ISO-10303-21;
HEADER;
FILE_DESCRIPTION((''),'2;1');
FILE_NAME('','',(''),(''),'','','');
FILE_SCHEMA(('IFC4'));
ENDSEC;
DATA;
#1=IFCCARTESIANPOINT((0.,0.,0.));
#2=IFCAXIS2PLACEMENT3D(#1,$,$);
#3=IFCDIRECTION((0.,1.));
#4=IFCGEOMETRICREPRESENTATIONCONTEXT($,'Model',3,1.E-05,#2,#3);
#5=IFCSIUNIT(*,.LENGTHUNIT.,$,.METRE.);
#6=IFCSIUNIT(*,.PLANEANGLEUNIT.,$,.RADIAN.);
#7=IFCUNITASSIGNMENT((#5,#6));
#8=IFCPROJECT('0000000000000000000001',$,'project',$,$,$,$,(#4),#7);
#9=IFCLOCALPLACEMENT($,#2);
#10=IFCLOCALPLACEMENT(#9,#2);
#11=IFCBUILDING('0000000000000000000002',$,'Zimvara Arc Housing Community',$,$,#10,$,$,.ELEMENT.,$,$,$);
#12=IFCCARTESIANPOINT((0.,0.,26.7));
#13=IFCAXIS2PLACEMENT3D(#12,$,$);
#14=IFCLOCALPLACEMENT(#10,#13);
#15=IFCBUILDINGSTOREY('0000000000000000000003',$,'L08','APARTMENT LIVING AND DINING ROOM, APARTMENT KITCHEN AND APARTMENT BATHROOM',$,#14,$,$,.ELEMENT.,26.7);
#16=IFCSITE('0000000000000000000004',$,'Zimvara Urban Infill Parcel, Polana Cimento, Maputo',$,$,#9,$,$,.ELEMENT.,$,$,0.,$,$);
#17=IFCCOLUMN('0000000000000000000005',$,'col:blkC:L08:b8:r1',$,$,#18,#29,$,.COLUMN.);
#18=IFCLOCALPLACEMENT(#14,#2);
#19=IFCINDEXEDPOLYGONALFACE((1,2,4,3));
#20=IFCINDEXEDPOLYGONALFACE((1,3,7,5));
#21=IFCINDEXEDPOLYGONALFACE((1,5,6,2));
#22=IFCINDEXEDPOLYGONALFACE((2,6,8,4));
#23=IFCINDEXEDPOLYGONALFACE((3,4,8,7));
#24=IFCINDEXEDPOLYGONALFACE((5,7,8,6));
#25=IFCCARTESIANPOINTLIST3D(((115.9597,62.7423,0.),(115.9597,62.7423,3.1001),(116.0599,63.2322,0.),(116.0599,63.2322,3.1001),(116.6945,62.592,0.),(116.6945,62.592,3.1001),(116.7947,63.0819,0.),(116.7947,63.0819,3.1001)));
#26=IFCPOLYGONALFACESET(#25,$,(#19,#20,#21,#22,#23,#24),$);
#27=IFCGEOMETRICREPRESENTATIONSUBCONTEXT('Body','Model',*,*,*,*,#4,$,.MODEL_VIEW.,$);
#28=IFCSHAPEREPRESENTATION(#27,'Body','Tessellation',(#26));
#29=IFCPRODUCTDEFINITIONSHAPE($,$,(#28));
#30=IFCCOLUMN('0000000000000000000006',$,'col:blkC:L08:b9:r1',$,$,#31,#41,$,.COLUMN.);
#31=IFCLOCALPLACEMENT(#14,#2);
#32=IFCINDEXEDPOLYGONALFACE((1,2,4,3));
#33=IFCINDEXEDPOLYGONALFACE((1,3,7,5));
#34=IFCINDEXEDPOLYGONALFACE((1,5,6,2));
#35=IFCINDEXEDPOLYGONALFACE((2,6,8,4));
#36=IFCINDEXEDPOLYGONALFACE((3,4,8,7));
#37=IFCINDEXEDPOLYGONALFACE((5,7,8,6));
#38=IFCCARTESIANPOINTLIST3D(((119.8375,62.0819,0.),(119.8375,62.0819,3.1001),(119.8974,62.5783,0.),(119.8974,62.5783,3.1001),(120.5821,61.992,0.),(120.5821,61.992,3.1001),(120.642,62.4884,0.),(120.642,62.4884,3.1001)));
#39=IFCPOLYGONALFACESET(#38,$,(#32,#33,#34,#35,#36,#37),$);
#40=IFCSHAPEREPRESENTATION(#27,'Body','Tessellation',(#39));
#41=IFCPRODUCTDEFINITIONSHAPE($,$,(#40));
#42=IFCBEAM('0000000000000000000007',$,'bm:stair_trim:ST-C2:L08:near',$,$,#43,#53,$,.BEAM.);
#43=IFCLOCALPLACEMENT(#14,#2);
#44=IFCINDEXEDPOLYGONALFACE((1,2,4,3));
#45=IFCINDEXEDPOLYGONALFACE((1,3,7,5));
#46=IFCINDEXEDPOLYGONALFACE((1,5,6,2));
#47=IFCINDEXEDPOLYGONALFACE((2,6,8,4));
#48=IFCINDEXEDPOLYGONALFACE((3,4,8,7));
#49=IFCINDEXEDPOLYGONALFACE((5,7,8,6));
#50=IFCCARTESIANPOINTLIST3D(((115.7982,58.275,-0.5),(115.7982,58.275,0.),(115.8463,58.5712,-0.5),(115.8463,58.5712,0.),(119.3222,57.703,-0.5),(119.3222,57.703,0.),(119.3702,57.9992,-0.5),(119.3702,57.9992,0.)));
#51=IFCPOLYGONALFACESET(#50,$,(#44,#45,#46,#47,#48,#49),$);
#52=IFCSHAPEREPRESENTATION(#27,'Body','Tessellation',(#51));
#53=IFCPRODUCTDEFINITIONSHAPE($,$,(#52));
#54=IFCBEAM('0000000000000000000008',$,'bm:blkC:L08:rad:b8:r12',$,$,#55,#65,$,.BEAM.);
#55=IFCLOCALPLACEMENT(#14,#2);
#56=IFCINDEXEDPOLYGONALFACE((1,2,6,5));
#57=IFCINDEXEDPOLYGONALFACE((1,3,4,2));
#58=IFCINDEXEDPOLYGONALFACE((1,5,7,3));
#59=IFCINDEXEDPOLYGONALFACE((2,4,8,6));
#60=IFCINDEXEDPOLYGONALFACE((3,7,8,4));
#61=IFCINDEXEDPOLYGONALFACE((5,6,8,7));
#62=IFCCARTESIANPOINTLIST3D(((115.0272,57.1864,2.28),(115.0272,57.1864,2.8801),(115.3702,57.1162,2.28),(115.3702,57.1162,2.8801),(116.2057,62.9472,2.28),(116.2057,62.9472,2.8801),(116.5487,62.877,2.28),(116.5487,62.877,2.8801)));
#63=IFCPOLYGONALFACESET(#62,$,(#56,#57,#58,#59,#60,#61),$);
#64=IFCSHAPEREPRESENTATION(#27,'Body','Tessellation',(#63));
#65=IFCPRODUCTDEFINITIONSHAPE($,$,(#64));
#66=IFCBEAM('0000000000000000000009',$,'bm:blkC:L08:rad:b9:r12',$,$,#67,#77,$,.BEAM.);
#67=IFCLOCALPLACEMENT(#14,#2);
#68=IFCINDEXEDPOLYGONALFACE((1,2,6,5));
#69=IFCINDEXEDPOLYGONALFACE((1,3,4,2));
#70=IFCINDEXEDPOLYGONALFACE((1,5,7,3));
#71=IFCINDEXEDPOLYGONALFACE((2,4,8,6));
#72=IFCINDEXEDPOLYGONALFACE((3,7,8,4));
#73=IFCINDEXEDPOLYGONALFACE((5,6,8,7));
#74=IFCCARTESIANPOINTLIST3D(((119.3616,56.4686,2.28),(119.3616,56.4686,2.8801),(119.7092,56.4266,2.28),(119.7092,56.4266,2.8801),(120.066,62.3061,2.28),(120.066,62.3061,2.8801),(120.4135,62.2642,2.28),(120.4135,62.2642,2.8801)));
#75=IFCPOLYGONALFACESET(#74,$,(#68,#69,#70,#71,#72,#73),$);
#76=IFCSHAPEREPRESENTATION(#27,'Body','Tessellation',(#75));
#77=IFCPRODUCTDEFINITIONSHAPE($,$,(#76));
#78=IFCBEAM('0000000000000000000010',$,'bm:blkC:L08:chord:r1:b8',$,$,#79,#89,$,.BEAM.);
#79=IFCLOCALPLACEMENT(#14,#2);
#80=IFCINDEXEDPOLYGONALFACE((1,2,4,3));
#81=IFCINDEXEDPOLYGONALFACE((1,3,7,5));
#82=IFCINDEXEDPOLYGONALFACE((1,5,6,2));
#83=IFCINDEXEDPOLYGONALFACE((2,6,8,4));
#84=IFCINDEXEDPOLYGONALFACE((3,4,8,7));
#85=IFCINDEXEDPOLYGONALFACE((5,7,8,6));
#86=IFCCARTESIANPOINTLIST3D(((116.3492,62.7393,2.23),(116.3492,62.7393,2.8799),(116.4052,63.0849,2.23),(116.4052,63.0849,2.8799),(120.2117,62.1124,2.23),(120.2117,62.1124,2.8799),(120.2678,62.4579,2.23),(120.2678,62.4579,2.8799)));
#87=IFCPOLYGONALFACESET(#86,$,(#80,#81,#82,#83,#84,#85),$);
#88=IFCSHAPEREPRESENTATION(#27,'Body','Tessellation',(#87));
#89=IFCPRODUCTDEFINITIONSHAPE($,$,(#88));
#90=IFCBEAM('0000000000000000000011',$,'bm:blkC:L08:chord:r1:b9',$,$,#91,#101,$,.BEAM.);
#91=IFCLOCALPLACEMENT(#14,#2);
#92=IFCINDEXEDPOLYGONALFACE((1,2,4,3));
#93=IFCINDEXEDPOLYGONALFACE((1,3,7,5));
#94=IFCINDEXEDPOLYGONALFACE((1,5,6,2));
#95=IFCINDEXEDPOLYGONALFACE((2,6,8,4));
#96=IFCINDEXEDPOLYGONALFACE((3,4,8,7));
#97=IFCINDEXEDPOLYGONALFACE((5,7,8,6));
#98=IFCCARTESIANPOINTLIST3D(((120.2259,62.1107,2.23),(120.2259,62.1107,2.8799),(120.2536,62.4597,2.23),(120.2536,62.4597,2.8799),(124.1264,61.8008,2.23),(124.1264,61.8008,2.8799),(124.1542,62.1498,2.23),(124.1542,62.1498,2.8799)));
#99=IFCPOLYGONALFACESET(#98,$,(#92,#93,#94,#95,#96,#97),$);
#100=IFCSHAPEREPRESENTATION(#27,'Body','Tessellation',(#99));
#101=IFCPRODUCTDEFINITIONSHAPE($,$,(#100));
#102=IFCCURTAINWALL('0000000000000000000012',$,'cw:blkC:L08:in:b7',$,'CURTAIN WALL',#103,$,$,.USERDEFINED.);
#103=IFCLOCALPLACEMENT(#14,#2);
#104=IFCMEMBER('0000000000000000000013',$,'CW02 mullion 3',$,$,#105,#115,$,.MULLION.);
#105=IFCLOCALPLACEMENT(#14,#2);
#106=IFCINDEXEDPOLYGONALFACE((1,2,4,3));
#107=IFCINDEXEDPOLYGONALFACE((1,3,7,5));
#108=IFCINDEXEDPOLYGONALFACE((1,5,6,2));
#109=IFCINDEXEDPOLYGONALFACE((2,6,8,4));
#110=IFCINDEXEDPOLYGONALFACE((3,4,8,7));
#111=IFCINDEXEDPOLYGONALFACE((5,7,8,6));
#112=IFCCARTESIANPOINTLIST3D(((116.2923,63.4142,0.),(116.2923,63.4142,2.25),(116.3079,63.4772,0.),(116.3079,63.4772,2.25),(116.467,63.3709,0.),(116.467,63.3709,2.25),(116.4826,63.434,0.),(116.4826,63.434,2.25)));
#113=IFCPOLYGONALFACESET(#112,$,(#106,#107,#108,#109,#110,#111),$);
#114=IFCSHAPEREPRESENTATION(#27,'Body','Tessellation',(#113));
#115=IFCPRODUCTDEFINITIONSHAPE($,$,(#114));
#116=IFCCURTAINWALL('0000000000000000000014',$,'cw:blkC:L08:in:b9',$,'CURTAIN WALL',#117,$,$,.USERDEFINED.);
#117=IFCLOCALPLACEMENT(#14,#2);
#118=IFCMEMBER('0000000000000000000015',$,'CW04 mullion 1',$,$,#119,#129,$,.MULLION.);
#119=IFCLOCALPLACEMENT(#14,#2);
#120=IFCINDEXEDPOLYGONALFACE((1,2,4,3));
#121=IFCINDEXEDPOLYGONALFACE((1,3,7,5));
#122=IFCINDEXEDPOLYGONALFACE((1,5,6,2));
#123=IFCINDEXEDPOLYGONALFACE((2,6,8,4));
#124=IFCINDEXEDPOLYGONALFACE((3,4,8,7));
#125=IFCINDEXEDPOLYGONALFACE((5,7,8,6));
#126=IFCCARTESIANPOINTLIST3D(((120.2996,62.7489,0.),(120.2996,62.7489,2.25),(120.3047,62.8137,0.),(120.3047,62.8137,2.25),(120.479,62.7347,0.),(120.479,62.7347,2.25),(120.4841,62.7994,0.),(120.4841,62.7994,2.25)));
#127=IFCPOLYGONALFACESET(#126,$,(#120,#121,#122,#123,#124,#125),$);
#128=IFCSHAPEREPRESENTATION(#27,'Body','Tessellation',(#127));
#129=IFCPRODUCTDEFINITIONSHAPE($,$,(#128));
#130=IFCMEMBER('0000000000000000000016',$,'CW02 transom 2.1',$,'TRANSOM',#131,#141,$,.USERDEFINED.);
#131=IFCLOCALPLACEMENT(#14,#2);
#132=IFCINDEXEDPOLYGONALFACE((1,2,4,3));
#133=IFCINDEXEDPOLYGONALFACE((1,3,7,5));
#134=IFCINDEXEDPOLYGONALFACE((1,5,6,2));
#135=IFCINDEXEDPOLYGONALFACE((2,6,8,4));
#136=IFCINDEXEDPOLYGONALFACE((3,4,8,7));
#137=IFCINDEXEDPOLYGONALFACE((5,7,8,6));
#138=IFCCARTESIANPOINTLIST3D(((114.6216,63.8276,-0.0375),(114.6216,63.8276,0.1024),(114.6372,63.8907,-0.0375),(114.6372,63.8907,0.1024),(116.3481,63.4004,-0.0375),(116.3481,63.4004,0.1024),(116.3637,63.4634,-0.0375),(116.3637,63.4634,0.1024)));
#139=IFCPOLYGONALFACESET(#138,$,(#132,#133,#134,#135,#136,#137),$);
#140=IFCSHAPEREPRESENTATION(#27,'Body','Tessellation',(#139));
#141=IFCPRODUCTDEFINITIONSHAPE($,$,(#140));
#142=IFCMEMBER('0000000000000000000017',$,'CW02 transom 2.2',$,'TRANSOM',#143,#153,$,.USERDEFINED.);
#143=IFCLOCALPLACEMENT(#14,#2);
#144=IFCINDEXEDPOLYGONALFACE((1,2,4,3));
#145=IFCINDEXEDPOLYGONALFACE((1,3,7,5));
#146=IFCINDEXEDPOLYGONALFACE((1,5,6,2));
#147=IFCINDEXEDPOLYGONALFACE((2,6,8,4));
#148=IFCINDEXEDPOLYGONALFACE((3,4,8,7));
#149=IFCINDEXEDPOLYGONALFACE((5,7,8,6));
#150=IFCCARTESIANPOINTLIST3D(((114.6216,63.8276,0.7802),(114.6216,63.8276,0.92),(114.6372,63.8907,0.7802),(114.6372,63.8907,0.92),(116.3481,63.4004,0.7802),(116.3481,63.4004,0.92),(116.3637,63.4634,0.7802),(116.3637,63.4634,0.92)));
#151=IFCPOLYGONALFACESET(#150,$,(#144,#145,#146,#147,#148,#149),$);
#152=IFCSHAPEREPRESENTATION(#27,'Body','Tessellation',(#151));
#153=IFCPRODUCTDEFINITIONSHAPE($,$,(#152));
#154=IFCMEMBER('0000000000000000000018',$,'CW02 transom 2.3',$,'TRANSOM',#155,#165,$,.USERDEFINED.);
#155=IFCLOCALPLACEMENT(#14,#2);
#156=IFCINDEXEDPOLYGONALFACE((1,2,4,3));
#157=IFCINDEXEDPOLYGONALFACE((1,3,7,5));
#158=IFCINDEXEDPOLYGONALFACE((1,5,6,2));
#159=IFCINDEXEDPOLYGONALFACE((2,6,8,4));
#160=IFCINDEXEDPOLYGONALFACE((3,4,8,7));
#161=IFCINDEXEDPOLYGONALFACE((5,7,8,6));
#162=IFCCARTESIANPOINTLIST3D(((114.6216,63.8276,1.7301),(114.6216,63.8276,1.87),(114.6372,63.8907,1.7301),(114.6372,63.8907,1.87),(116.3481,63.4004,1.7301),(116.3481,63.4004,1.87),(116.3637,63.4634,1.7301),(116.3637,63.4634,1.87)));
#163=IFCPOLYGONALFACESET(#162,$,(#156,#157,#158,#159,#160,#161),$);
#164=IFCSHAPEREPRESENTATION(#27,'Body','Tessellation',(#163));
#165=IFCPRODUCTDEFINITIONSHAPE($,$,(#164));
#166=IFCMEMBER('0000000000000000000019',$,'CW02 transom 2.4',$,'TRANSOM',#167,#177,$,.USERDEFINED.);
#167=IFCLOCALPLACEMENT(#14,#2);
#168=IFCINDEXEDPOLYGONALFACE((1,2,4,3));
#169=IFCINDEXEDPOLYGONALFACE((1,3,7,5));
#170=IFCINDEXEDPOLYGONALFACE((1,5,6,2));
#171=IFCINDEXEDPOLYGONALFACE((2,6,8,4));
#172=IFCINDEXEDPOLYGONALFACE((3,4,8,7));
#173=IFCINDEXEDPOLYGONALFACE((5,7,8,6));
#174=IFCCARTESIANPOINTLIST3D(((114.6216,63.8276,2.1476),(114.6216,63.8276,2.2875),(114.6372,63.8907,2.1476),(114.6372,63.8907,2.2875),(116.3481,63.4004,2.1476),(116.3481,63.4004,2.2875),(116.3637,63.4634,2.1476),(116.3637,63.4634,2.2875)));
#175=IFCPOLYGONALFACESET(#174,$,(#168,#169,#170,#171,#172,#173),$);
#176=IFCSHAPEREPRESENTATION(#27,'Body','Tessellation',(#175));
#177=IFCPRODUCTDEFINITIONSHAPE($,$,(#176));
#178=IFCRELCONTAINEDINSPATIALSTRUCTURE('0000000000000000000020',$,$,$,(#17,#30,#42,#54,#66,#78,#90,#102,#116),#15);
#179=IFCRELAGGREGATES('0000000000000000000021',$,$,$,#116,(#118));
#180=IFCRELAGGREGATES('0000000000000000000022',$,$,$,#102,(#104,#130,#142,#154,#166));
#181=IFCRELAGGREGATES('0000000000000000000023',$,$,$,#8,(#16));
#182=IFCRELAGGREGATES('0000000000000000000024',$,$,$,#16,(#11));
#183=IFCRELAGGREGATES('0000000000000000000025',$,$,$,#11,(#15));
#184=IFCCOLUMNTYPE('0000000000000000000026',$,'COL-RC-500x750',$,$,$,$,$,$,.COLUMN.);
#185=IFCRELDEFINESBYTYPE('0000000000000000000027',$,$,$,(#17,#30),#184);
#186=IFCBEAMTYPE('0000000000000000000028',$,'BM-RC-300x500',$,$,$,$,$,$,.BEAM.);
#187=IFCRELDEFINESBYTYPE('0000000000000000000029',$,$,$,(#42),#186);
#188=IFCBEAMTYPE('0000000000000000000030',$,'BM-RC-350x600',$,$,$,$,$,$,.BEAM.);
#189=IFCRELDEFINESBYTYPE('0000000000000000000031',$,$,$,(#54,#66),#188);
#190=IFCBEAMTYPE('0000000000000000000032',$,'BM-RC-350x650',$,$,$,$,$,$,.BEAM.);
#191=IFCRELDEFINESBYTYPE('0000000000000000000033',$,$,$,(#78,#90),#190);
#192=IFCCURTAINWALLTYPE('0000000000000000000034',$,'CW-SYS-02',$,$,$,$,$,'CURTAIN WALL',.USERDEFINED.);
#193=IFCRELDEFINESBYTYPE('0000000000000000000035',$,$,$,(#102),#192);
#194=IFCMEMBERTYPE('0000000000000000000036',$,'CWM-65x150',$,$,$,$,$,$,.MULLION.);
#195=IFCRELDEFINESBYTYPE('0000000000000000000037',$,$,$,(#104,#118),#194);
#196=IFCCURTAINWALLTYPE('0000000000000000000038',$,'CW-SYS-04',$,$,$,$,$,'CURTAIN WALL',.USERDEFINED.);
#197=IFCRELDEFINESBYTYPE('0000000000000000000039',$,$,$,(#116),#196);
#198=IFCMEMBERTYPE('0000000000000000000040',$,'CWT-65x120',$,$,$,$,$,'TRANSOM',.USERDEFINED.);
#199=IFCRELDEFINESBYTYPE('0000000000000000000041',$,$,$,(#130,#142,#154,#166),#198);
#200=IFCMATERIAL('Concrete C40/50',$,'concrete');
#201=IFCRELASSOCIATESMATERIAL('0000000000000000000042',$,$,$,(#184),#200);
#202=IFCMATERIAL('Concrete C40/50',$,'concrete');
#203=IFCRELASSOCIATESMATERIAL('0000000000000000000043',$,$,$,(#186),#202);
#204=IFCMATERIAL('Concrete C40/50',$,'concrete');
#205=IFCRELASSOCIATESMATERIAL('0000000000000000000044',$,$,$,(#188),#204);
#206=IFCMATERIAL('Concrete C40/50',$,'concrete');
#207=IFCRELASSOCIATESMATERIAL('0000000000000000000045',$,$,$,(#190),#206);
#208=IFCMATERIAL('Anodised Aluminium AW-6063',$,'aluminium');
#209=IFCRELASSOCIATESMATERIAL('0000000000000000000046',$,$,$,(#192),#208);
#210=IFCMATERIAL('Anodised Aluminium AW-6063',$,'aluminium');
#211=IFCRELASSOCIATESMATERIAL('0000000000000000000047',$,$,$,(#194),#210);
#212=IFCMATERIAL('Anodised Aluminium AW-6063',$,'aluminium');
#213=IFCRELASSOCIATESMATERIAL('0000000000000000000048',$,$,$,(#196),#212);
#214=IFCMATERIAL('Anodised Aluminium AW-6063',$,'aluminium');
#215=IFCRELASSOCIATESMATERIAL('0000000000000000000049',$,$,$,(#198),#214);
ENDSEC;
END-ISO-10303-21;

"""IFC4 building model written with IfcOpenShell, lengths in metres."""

from ifc_helpers import new_model, si_unit, direction, frame, origin, origin_2d, place, context, subcontext, project, spatial, rectangle, extrude, material, material_profile, profile_set, type_object, element, aggregate, save


model = new_model("IFC4")

# Units and contexts
model_context = context("Model", 3, precision=1e-05, world=origin(), true_north=direction((0.0, 1.0)))
body_context = subcontext(model_context, "Body", "Model", "MODEL_VIEW")
ifc_project = project(units=[si_unit("LENGTHUNIT", "METRE"), si_unit("PLANEANGLEUNIT", "RADIAN")], contexts=[model_context])

# Site, building, storey
site_placement = place(None, origin())
site = spatial("IfcSite", under=ifc_project, at=site_placement, Name="Zimvara Urban Infill Parcel, Polana Cimento, Maputo", CompositionType="ELEMENT", RefElevation=0.0)
building_placement = place(site_placement, origin())
building = spatial("IfcBuilding", under=site, at=building_placement, Name="Zimvara Arc Housing Community", CompositionType="ELEMENT")
storey_placement = place(building_placement, frame((0.0, 0.0, 26.7)))
storey = spatial("IfcBuildingStorey", under=building, at=storey_placement, Name="L08", Description="APARTMENT LIVING AND DINING ROOM, APARTMENT KITCHEN AND APARTMENT BATHROOM", CompositionType="ELEMENT", Elevation=26.7)

# Columns
ifc_material_1 = material(Name="Concrete C40/50", Category="concrete")
ifc_material_profile_1 = material_profile(ifc_material_1, rectangle(XDim=0.5, YDim=0.75, at=origin_2d()), Name="RC 500x750")
ifc_profile_set_1 = profile_set([ifc_material_profile_1], Name="Concrete C40/50")
column_type = type_object("IfcColumnType", Name="COL-RC-500x750", PredefinedType="COLUMN", material=ifc_profile_set_1)
for number, where, z_axis, x_axis, name in (
    (1, (116.3772, 62.9121, 0.0), (0.0, 0.0, 1.0), (-0.200394, -0.979715, 0.0), "col:blkC:L08:b8:r1"),
    (2, (120.2397, 62.2852, 0.0), (0.0, 0.0, 1.0), (-0.11979, -0.992799, 0.0), "col:blkC:L08:b9:r1"),
):
    element("IfcColumn", number, at=place(storey_placement, frame(where, z_axis=z_axis, x_axis=x_axis)), inside=storey, type_object=column_type, Name=name, PredefinedType="COLUMN", context=body_context, shape_type="SweptSolid", body=[
        extrude(rectangle(XDim=0.5, YDim=0.75, at=origin_2d()), origin(), (0.0, 0.0, 1.0), 3.1001),
    ])

# Beams
ifc_material_2 = material(Name="Concrete C40/50", Category="concrete")
ifc_material_profile_2 = material_profile(ifc_material_2, rectangle(XDim=0.3, YDim=0.5, at=origin_2d()), Name="RC 300x500")
ifc_profile_set_2 = profile_set([ifc_material_profile_2], Name="Concrete C40/50")
beam_type_1 = type_object("IfcBeamType", Name="BM-RC-300x500", PredefinedType="BEAM", material=ifc_profile_set_2)
beam_1_placement = place(storey_placement, frame((115.8223, 58.4231, -0.25), z_axis=(0.98708, -0.160228, 0.0), x_axis=(0.160228, 0.98708, 0.0)))
element("IfcBeam", 3, at=beam_1_placement, inside=storey, type_object=beam_type_1, Name="bm:stair_trim:ST-C2:L08:near", PredefinedType="BEAM", context=body_context, shape_type="SweptSolid", body=[
    extrude(rectangle(XDim=0.3, YDim=0.5, at=origin_2d()), origin(), (0.0, 0.0, 1.0), 3.5701),
])
ifc_material_3 = material(Name="Concrete C40/50", Category="concrete")
ifc_material_profile_3 = material_profile(ifc_material_3, rectangle(XDim=0.3501, YDim=0.6001, at=origin_2d()), Name="RC 350x600")
ifc_profile_set_3 = profile_set([ifc_material_profile_3], Name="Concrete C40/50")
beam_type_2 = type_object("IfcBeamType", Name="BM-RC-350x600", PredefinedType="BEAM", material=ifc_profile_set_3)
beam_2_placement = place(storey_placement, frame((116.3772, 62.9121, 2.5801), z_axis=(-0.200418, -0.97971, 0.0), x_axis=(0.97971, -0.200418, 0.0)))
element("IfcBeam", 4, at=beam_2_placement, inside=storey, type_object=beam_type_2, Name="bm:blkC:L08:rad:b8:r12", PredefinedType="BEAM", context=body_context, shape_type="SweptSolid", body=[
    extrude(rectangle(XDim=0.3501, YDim=0.6001, at=origin_2d()), origin(), (0.0, 0.0, 1.0), 5.8801),
])
beam_3_placement = place(storey_placement, frame((120.2397, 62.2852, 2.5801), z_axis=(-0.119787, -0.9928, 0.0), x_axis=(0.9928, -0.119787, 0.0)))
element("IfcBeam", 5, at=beam_3_placement, inside=storey, type_object=beam_type_2, Name="bm:blkC:L08:rad:b9:r12", PredefinedType="BEAM", context=body_context, shape_type="SweptSolid", body=[
    extrude(rectangle(XDim=0.3501, YDim=0.6001, at=origin_2d()), origin(), (0.0, 0.0, 1.0), 5.8799),
])
ifc_material_4 = material(Name="Concrete C40/50", Category="concrete")
ifc_material_profile_4 = material_profile(ifc_material_4, rectangle(XDim=0.3501, YDim=0.6499, at=origin_2d()), Name="RC 350x650")
ifc_profile_set_4 = profile_set([ifc_material_profile_4], Name="Concrete C40/50")
beam_type_3 = type_object("IfcBeamType", Name="BM-RC-350x650", PredefinedType="BEAM", material=ifc_profile_set_4)
beam_4_placement = place(storey_placement, frame((116.3772, 62.9121, 2.5549), z_axis=(0.987081, -0.160219, 0.0), x_axis=(0.160219, 0.987081, 0.0)))
element("IfcBeam", 6, at=beam_4_placement, inside=storey, type_object=beam_type_3, Name="bm:blkC:L08:chord:r1:b8", PredefinedType="BEAM", context=body_context, shape_type="SweptSolid", body=[
    extrude(rectangle(XDim=0.3501, YDim=0.6499, at=origin_2d()), origin(), (0.0, 0.0, 1.0), 3.9131),
])
beam_5_placement = place(storey_placement, frame((120.2397, 62.2852, 2.5549), z_axis=(0.996861, -0.079177, 0.0), x_axis=(0.079177, 0.996861, 0.0)))
element("IfcBeam", 7, at=beam_5_placement, inside=storey, type_object=beam_type_3, Name="bm:blkC:L08:chord:r1:b9", PredefinedType="BEAM", context=body_context, shape_type="SweptSolid", body=[
    extrude(rectangle(XDim=0.3501, YDim=0.6499, at=origin_2d()), origin(), (0.0, 0.0, 1.0), 3.9128),
])

# Curtain walls, members
ifc_material_5 = material(Name="Anodised Aluminium AW-6063", Category="aluminium")
curtain_wall_type_1 = type_object("IfcCurtainWallType", Name="CW-SYS-02", ElementType="CURTAIN WALL", PredefinedType="USERDEFINED", material=ifc_material_5)
curtain_wall_1_placement = place(storey_placement, origin())
curtain_wall_1 = element("IfcCurtainWall", 8, at=curtain_wall_1_placement, inside=storey, type_object=curtain_wall_type_1, Name="cw:blkC:L08:in:b7", ObjectType="CURTAIN WALL", PredefinedType="USERDEFINED")
ifc_material_6 = material(Name="Anodised Aluminium AW-6063", Category="aluminium")
ifc_material_profile_5 = material_profile(ifc_material_6, rectangle(XDim=0.0649, YDim=0.1799, at=origin_2d()), Name="ALU 65x180")
ifc_profile_set_5 = profile_set([ifc_material_profile_5], Name="Anodised Aluminium AW-6063")
member_type_1 = type_object("IfcMemberType", Name="CWM-65x150", PredefinedType="MULLION", material=ifc_profile_set_5)
member_1_placement = place(storey_placement, frame((116.3875, 63.4241, 0.0), z_axis=(0.0, 0.0, 1.0), x_axis=(0.240229, 0.970716, 0.0)))
member_1 = element("IfcMember", 9, at=member_1_placement, type_object=member_type_1, Name="CW02 mullion 3", PredefinedType="MULLION", context=body_context, shape_type="SweptSolid", body=[
    extrude(rectangle(XDim=0.0649, YDim=0.1799, at=origin_2d()), origin(), (0.0, 0.0, 1.0), 2.25),
])
ifc_material_7 = material(Name="Anodised Aluminium AW-6063", Category="aluminium")
curtain_wall_type_2 = type_object("IfcCurtainWallType", Name="CW-SYS-04", ElementType="CURTAIN WALL", PredefinedType="USERDEFINED", material=ifc_material_7)
curtain_wall_2_placement = place(storey_placement, origin())
curtain_wall_2 = element("IfcCurtainWall", 10, at=curtain_wall_2_placement, inside=storey, type_object=curtain_wall_type_2, Name="cw:blkC:L08:in:b9", ObjectType="CURTAIN WALL", PredefinedType="USERDEFINED")
member_2_placement = place(storey_placement, frame((120.3918, 62.7742, 0.0), z_axis=(0.0, 0.0, 1.0), x_axis=(0.079155, 0.996862, 0.0)))
member_2 = element("IfcMember", 11, at=member_2_placement, type_object=member_type_1, Name="CW04 mullion 1", PredefinedType="MULLION", context=body_context, shape_type="SweptSolid", body=[
    extrude(rectangle(XDim=0.0649, YDim=0.1799, at=origin_2d()), origin(), (0.0, 0.0, 1.0), 2.25),
])
aggregate(curtain_wall_2, [member_2])

# Members
ifc_material_8 = material(Name="Anodised Aluminium AW-6063", Category="aluminium")
ifc_material_profile_6 = material_profile(ifc_material_8, rectangle(XDim=0.0649, YDim=0.1399, at=origin_2d()), Name="ALU 65x140")
ifc_profile_set_6 = profile_set([ifc_material_profile_6], Name="Anodised Aluminium AW-6063")
member_type_2 = type_object("IfcMemberType", Name="CWT-65x120", ElementType="TRANSOM", PredefinedType="USERDEFINED", material=ifc_profile_set_6)
member_3_placement = place(storey_placement, frame((114.6294, 63.8591, 0.0325), z_axis=(0.970721, -0.24021, 0.0), x_axis=(0.24021, 0.970721, 0.0)))
member_3 = element("IfcMember", 12, at=member_3_placement, type_object=member_type_2, Name="CW02 transom 2.1", ObjectType="TRANSOM", PredefinedType="USERDEFINED", context=body_context, shape_type="SweptSolid", body=[
    extrude(rectangle(XDim=0.0649, YDim=0.1399, at=origin_2d()), origin(), (0.0, 0.0, 1.0), 1.7786),
])
member_4_placement = place(storey_placement, frame((114.6294, 63.8591, 0.8501), z_axis=(0.970721, -0.24021, 0.0), x_axis=(0.24021, 0.970721, 0.0)))
member_4 = element("IfcMember", 13, at=member_4_placement, type_object=member_type_2, Name="CW02 transom 2.2", ObjectType="TRANSOM", PredefinedType="USERDEFINED", context=body_context, shape_type="SweptSolid", body=[
    extrude(rectangle(XDim=0.0649, YDim=0.1399, at=origin_2d()), origin(), (0.0, 0.0, 1.0), 1.7786),
])
member_5_placement = place(storey_placement, frame((114.6294, 63.8591, 1.8), z_axis=(0.970721, -0.24021, 0.0), x_axis=(0.24021, 0.970721, 0.0)))
member_5 = element("IfcMember", 14, at=member_5_placement, type_object=member_type_2, Name="CW02 transom 2.3", ObjectType="TRANSOM", PredefinedType="USERDEFINED", context=body_context, shape_type="SweptSolid", body=[
    extrude(rectangle(XDim=0.0649, YDim=0.1399, at=origin_2d()), origin(), (0.0, 0.0, 1.0), 1.7786),
])
member_6_placement = place(storey_placement, frame((114.6294, 63.8591, 2.2175), z_axis=(0.970721, -0.24021, 0.0), x_axis=(0.24021, 0.970721, 0.0)))
member_6 = element("IfcMember", 15, at=member_6_placement, type_object=member_type_2, Name="CW02 transom 2.4", ObjectType="TRANSOM", PredefinedType="USERDEFINED", context=body_context, shape_type="SweptSolid", body=[
    extrude(rectangle(XDim=0.0649, YDim=0.1399, at=origin_2d()), origin(), (0.0, 0.0, 1.0), 1.7786),
])

aggregate(curtain_wall_1, [member_1, member_3, member_4, member_5, member_6])

save(model, "model.ifc")
